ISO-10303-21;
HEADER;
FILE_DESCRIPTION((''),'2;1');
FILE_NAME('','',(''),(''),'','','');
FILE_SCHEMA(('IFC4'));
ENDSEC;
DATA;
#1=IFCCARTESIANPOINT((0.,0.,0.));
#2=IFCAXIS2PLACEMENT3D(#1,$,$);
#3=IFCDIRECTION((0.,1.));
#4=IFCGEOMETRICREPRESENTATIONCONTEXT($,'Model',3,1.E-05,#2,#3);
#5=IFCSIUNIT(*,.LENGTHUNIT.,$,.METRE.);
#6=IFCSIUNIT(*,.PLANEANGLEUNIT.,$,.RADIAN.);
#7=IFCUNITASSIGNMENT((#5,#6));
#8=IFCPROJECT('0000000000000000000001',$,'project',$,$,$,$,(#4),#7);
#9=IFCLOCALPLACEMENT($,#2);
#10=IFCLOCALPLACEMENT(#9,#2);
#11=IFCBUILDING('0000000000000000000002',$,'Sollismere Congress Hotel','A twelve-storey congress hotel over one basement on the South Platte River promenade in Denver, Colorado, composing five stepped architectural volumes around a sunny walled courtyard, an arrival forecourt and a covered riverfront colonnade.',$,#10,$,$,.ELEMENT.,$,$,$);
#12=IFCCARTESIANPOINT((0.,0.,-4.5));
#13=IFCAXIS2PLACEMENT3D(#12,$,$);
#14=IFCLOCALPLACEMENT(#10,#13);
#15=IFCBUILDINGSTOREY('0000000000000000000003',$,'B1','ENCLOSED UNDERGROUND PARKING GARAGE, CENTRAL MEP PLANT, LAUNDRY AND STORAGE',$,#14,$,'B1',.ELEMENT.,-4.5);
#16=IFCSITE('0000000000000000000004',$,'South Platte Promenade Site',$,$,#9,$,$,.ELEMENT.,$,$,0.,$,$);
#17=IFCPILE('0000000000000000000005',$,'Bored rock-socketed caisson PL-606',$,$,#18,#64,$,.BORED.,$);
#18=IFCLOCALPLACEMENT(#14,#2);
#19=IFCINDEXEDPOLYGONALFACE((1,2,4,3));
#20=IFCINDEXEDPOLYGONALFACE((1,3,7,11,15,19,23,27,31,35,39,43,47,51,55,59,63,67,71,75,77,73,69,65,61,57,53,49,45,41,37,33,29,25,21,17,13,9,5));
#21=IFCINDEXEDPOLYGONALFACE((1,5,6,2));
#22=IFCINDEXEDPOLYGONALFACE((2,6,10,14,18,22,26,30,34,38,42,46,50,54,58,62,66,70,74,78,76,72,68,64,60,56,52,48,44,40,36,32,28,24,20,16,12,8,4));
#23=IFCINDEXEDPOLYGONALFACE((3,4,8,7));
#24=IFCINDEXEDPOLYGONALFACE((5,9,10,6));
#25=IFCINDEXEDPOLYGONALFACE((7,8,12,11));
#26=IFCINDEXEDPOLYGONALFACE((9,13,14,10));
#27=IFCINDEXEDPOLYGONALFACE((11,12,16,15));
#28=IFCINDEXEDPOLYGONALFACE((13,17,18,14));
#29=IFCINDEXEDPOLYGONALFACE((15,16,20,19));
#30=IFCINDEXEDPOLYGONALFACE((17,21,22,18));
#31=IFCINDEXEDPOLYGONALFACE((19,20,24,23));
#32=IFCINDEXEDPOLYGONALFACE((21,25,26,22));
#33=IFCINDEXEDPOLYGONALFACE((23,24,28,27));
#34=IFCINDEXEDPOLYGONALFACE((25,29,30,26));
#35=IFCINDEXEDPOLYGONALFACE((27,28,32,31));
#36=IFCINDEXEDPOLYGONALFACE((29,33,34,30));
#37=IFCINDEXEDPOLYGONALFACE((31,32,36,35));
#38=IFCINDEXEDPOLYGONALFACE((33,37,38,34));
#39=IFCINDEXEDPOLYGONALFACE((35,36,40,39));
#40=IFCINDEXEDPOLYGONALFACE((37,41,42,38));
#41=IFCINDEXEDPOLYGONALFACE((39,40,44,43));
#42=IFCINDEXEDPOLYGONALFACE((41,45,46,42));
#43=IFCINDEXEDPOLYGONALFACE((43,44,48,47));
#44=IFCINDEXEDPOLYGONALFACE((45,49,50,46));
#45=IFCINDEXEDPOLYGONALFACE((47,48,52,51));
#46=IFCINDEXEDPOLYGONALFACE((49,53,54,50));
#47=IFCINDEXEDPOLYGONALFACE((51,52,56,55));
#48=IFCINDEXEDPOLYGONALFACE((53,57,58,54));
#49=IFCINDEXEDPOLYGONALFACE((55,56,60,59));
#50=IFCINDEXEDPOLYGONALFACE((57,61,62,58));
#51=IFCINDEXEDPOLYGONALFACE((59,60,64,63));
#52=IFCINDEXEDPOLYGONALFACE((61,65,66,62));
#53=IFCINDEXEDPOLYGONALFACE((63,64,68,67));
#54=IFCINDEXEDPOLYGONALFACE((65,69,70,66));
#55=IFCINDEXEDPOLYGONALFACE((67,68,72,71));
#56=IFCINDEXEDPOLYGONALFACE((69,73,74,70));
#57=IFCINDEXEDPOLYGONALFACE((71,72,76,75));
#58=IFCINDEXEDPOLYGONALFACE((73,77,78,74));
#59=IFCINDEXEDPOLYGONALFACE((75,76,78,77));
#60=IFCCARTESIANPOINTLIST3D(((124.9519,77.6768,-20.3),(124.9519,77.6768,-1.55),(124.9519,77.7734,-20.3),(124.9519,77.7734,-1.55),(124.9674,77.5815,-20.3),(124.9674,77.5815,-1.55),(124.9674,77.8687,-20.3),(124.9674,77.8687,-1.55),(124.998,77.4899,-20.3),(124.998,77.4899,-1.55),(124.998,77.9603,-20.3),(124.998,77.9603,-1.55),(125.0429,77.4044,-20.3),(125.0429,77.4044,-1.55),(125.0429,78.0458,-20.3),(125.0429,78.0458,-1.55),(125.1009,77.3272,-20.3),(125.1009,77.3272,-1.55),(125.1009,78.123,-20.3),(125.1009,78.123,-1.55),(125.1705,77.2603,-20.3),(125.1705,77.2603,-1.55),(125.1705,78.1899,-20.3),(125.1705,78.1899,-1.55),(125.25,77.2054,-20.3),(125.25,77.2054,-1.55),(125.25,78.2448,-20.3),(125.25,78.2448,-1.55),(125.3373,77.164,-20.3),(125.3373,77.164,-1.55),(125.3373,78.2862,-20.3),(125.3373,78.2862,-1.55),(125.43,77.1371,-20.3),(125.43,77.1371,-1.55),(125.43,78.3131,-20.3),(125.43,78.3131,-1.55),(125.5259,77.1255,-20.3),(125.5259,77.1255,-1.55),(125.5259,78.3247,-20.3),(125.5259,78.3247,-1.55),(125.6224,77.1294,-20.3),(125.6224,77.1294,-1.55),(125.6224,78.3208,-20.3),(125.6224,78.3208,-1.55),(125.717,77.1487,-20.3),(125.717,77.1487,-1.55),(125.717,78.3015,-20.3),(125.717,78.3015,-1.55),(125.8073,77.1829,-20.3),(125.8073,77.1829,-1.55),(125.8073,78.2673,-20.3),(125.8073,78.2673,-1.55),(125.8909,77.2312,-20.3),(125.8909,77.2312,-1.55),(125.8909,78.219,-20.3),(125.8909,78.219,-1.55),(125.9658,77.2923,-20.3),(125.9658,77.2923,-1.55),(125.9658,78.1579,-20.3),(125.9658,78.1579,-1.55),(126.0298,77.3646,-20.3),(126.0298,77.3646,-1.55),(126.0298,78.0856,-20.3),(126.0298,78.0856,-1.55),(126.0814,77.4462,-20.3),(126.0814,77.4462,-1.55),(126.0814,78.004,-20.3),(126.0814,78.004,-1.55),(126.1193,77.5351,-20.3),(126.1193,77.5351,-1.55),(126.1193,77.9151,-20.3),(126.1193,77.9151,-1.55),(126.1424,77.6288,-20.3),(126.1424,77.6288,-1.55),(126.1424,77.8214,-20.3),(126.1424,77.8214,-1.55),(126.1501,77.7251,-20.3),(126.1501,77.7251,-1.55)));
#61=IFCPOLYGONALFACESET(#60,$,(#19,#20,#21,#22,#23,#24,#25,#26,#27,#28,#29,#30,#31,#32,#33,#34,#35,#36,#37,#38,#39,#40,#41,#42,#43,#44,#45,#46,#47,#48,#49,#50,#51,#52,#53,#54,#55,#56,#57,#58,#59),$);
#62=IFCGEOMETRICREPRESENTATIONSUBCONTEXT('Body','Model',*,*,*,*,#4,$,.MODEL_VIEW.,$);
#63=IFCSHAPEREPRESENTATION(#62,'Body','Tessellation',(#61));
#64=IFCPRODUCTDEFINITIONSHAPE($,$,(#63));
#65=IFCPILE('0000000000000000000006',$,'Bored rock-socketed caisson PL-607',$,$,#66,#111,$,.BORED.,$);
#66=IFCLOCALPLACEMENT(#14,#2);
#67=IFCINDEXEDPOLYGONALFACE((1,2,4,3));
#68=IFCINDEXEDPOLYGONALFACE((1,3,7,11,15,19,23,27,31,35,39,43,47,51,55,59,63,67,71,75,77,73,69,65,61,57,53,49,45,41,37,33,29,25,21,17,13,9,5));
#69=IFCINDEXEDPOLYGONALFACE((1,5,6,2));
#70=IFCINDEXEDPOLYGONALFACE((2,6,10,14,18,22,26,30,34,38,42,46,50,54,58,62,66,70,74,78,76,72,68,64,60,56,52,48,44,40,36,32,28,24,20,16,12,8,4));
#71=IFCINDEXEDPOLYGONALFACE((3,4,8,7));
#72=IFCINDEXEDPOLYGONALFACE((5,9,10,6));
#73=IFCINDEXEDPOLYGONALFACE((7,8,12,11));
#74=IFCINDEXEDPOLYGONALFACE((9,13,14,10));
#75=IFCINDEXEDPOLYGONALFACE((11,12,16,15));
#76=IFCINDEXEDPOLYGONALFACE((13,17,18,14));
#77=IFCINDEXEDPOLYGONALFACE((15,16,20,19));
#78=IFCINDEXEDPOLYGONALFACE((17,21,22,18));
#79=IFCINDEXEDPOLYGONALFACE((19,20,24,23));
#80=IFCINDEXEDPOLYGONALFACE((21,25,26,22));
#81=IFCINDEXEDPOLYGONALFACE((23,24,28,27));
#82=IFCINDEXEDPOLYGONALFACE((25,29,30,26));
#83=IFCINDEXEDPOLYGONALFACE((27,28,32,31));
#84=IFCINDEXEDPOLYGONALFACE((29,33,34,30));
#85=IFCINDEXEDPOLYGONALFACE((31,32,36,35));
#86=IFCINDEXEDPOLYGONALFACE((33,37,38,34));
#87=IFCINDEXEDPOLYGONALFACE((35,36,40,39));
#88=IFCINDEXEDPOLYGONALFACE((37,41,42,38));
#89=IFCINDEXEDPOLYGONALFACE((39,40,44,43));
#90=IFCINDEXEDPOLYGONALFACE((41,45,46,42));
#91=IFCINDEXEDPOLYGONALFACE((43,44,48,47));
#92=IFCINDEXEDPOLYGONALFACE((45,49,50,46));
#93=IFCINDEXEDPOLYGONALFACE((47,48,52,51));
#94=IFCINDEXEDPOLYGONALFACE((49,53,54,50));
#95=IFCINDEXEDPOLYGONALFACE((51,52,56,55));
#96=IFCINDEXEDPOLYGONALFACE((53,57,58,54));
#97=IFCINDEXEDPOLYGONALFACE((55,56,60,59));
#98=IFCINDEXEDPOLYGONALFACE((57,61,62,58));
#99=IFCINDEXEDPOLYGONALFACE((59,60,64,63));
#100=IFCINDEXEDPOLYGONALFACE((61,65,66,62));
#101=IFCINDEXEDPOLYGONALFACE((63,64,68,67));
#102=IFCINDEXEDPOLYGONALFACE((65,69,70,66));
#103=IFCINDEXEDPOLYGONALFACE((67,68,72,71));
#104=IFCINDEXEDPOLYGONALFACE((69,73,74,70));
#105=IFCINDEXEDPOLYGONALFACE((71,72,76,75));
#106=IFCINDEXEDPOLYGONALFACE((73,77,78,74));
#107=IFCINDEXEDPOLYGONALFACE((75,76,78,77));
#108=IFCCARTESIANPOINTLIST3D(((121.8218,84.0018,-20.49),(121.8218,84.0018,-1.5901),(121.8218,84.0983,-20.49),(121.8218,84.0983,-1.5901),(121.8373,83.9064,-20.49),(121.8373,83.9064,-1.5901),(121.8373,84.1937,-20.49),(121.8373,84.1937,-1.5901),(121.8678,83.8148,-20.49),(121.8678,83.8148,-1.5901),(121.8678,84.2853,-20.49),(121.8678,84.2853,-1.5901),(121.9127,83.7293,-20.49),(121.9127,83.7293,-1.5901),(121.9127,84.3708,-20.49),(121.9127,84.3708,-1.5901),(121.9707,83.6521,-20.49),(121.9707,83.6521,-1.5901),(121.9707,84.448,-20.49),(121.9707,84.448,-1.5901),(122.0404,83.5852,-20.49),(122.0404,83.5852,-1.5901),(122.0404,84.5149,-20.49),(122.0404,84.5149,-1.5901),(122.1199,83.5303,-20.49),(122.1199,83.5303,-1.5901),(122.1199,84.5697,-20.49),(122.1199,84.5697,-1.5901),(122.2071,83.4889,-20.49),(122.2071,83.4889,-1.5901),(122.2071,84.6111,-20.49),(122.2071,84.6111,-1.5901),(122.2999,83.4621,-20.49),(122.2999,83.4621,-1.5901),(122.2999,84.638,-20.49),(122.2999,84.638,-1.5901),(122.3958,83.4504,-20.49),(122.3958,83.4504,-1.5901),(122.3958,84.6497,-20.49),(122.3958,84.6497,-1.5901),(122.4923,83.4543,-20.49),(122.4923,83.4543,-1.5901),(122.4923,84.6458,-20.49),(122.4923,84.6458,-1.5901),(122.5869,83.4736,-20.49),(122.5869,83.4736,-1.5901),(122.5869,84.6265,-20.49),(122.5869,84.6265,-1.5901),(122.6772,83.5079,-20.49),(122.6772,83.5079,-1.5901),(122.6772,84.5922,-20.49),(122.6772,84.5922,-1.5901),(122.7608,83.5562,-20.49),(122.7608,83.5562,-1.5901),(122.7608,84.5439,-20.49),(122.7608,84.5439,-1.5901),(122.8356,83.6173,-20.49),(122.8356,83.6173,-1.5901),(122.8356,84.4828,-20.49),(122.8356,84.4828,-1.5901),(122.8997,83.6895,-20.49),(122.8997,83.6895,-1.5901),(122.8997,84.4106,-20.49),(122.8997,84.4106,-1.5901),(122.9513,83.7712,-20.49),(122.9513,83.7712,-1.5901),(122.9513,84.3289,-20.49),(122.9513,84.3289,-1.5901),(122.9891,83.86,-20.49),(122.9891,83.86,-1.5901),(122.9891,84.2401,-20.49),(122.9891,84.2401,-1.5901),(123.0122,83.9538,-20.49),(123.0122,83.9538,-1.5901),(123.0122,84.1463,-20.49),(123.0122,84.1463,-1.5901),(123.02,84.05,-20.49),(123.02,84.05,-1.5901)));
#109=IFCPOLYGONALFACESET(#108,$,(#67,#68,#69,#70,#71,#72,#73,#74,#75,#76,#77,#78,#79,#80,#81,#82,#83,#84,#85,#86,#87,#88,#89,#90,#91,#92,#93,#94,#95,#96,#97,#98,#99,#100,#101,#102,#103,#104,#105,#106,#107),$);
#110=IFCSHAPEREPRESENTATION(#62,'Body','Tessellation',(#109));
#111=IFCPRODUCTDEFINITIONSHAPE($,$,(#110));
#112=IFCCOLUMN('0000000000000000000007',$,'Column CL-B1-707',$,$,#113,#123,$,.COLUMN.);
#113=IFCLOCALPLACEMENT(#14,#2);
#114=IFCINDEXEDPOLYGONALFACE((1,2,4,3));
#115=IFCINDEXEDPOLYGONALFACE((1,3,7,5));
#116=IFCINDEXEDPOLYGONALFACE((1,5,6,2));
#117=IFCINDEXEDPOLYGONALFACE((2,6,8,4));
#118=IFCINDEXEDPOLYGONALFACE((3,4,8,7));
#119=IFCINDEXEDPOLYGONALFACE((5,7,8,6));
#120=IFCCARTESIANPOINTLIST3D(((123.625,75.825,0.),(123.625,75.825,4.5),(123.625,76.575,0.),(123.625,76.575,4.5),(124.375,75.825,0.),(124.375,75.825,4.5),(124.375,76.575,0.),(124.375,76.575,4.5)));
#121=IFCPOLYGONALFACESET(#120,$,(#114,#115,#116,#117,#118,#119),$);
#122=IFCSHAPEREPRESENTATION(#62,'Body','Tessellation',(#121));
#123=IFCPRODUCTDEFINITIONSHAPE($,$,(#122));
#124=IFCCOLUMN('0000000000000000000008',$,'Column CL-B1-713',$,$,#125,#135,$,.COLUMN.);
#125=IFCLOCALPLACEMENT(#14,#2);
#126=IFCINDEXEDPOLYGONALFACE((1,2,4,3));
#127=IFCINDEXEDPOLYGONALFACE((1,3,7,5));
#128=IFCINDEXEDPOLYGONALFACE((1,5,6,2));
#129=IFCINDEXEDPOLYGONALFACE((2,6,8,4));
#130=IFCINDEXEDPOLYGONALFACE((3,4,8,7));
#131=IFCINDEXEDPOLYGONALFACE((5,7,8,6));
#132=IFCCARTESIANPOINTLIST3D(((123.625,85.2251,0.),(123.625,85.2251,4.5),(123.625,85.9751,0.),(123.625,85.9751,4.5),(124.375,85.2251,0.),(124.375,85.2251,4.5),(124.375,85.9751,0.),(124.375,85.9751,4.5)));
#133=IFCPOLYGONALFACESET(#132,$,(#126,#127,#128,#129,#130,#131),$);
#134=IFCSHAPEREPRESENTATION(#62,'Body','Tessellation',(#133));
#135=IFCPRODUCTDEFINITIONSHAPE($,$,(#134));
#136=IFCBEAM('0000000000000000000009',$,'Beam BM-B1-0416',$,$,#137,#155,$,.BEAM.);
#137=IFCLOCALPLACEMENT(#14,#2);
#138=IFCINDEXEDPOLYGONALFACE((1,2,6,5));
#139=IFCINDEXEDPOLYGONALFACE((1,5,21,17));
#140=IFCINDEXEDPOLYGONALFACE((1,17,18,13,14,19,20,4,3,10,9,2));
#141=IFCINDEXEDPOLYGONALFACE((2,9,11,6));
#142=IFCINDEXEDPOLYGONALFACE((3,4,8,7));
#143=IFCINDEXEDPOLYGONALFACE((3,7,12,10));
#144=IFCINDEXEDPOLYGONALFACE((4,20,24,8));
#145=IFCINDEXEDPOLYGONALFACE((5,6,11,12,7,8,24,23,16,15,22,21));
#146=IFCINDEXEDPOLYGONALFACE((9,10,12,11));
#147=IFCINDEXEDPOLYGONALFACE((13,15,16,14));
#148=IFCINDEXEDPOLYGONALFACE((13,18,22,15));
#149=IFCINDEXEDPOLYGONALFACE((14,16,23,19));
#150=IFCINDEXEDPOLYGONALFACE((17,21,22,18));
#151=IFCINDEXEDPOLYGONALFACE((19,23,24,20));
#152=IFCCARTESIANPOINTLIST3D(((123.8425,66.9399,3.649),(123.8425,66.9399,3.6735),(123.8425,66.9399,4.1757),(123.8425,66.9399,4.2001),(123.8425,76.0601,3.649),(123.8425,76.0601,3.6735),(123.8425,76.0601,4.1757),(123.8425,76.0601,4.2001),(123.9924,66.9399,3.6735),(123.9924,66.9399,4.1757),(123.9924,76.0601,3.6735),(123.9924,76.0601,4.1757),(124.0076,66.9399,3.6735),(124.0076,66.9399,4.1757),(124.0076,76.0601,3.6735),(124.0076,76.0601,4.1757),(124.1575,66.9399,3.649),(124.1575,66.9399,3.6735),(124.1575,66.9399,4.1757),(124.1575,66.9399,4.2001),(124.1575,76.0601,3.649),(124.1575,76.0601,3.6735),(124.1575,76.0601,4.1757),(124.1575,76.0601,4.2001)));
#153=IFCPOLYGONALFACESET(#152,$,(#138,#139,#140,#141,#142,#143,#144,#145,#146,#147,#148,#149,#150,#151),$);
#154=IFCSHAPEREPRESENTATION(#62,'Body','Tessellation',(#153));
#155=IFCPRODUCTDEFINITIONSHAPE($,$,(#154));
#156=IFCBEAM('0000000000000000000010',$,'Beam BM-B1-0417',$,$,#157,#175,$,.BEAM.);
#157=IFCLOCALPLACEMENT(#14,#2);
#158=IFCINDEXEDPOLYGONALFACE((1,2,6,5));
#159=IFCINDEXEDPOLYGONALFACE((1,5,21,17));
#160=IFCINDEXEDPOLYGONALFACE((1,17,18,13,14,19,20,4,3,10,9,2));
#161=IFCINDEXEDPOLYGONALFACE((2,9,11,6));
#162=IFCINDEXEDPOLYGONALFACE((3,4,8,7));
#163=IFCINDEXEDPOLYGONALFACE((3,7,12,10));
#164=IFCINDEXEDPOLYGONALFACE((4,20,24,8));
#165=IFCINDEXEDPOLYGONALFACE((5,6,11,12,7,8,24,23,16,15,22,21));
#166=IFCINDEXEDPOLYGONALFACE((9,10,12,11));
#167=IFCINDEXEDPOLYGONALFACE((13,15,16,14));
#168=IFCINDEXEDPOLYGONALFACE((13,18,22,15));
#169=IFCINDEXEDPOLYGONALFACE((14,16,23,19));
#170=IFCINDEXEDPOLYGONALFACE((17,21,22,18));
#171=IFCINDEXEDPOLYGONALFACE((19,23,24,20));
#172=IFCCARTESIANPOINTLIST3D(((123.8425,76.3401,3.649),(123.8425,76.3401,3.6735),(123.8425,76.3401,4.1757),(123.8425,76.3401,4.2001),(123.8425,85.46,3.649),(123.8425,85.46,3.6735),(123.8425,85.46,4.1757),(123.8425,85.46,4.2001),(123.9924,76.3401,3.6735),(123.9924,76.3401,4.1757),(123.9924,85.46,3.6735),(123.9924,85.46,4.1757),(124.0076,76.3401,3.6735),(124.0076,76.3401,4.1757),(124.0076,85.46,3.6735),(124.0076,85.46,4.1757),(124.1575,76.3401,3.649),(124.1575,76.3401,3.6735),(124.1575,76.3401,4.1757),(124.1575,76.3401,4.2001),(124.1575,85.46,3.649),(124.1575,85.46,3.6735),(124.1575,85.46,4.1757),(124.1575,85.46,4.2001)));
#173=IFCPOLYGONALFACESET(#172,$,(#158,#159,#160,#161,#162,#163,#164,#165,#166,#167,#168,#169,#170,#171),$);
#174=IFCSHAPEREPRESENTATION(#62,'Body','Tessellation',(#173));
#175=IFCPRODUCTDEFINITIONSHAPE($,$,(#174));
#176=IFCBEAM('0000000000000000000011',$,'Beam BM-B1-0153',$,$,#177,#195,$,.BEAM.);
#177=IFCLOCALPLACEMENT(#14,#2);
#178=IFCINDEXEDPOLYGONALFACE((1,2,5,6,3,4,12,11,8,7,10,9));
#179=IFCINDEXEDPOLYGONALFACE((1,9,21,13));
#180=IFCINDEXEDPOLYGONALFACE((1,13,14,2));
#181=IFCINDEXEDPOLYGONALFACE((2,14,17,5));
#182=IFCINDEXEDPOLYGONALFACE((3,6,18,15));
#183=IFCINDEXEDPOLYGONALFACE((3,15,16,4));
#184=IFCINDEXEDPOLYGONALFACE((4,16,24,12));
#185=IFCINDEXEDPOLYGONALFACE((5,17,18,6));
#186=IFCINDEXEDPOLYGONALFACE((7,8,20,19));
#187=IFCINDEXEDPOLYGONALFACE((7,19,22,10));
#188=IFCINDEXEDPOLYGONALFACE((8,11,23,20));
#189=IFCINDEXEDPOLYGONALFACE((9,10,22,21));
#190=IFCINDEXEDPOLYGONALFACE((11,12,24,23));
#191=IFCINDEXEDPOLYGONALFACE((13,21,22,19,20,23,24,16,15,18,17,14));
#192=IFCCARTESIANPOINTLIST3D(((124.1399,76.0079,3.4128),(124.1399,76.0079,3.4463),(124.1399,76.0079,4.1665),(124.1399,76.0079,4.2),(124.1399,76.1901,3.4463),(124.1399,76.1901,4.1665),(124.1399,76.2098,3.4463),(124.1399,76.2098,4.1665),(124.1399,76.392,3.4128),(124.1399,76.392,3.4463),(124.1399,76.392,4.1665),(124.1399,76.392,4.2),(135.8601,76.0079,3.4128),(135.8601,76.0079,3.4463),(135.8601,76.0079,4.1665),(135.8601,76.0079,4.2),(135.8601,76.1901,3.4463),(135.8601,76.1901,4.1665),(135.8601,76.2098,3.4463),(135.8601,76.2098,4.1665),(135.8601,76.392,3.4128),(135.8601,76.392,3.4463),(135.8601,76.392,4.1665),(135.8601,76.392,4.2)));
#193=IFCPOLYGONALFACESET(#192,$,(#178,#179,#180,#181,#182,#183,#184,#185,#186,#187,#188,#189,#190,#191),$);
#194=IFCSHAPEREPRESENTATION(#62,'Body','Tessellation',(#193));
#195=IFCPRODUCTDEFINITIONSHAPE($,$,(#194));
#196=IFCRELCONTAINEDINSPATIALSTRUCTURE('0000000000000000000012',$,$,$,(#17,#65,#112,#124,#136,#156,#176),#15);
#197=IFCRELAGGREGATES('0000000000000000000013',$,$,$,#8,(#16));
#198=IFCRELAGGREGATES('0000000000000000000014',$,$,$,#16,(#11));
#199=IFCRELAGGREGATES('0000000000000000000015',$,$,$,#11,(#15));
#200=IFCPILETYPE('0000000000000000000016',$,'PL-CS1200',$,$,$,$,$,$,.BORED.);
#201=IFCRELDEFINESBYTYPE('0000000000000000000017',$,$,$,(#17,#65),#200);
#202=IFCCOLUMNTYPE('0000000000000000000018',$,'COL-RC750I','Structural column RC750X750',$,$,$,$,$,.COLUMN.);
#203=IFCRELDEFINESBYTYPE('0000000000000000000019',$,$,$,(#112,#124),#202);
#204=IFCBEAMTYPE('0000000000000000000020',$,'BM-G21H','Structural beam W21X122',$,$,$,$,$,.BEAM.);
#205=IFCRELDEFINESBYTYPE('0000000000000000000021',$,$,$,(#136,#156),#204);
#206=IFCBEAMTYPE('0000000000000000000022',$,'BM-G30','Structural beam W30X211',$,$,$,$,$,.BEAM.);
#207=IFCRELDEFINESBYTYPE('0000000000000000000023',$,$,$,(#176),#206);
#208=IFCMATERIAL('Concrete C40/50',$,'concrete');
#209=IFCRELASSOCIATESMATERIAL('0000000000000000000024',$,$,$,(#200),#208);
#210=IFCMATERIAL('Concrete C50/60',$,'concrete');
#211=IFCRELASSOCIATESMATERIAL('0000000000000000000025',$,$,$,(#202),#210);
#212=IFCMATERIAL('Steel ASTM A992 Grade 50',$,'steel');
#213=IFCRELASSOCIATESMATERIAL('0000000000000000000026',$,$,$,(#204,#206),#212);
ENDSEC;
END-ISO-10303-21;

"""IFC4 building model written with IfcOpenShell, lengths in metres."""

from ifc_helpers import new_model, si_unit, direction, frame, origin, origin_2d, place, context, subcontext, project, spatial, rectangle, circle, i_section, extrude, material, material_profile, profile_set, type_object, element, save


model = new_model("IFC4")

# Units and contexts
model_context = context("Model", 3, precision=1e-05, world=origin(), true_north=direction((0.0, 1.0)))
body_context = subcontext(model_context, "Body", "Model", "MODEL_VIEW")
ifc_project = project(units=[si_unit("LENGTHUNIT", "METRE"), si_unit("PLANEANGLEUNIT", "RADIAN")], contexts=[model_context])

# Site, building, storey
site_placement = place(None, origin())
site = spatial("IfcSite", under=ifc_project, at=site_placement, Name="South Platte Promenade Site", CompositionType="ELEMENT", RefElevation=0.0)
building_placement = place(site_placement, origin())
building = spatial("IfcBuilding", under=site, at=building_placement, Name="Sollismere Congress Hotel", Description="A twelve-storey congress hotel over one basement on the South Platte River promenade in Denver, Colorado, composing five stepped architectural volumes around a sunny walled courtyard, an arrival forecourt and a covered riverfront colonnade.", CompositionType="ELEMENT")
storey_placement = place(building_placement, frame((0.0, 0.0, -4.5)))
storey = spatial("IfcBuildingStorey", under=building, at=storey_placement, Name="B1", Description="ENCLOSED UNDERGROUND PARKING GARAGE, CENTRAL MEP PLANT, LAUNDRY AND STORAGE", LongName="B1", CompositionType="ELEMENT", Elevation=-4.5)

# Shared definitions
ifc_material_1 = material(Name="Concrete C40/50", Category="concrete")

# Piles
ifc_material_profile_1 = material_profile(ifc_material_1, circle(Radius=0.6001, at=origin_2d()), Name="CAISSON1200")
ifc_profile_set_1 = profile_set([ifc_material_profile_1], Name="Concrete C40/50")
pile_type = type_object("IfcPileType", Name="PL-CS1200", PredefinedType="BORED", material=ifc_profile_set_1)
for number, where, z_axis, x_axis, name in (
    (1, (125.55, 77.7251, -1.55), (0.0, 0.0, -1.0), (1.0, 0.0, 0.0), "Bored rock-socketed caisson PL-606"),
):
    element("IfcPile", number, at=place(storey_placement, frame(where, z_axis=z_axis, x_axis=x_axis)), inside=storey, type_object=pile_type, Name=name, PredefinedType="BORED", context=body_context, shape_type="SweptSolid", body=[
        extrude(circle(Radius=0.6001, at=origin_2d()), origin(), (0.0, 0.0, 1.0), 18.75),
    ])
pile_1_placement = place(storey_placement, frame((122.4199, 84.05, -1.5901), z_axis=(0.0, 0.0, -1.0), x_axis=(1.0, 0.0, 0.0)))
element("IfcPile", 2, at=pile_1_placement, inside=storey, type_object=pile_type, Name="Bored rock-socketed caisson PL-607", PredefinedType="BORED", context=body_context, shape_type="SweptSolid", body=[
    extrude(circle(Radius=0.6001, at=origin_2d()), origin(), (0.0, 0.0, 1.0), 18.8999),
])

# Columns
ifc_material_2 = material(Name="Concrete C50/60", Category="concrete")
ifc_material_profile_2 = material_profile(ifc_material_2, rectangle(XDim=0.75, YDim=0.75, at=origin_2d()), Name="RC750X750")
ifc_profile_set_2 = profile_set([ifc_material_profile_2], Name="Concrete C50/60")
column_type = type_object("IfcColumnType", Name="COL-RC750I", Description="Structural column RC750X750", PredefinedType="COLUMN", material=ifc_profile_set_2)
for number, where, z_axis, x_axis, name in (
    (3, (124.0, 76.2, 0.0), (0.0, 0.0, 1.0), (1.0, 0.0, 0.0), "Column CL-B1-707"),
    (4, (124.0, 85.6001, 0.0), (0.0, 0.0, 1.0), (1.0, 0.0, 0.0), "Column CL-B1-713"),
):
    element("IfcColumn", number, at=place(storey_placement, frame(where, z_axis=z_axis, x_axis=x_axis)), inside=storey, type_object=column_type, Name=name, PredefinedType="COLUMN", context=body_context, shape_type="SweptSolid", body=[
        extrude(rectangle(XDim=0.75, YDim=0.75, at=origin_2d()), origin(), (0.0, 0.0, 1.0), 4.5),
    ])

# Beams
ifc_material_3 = material(Name="Steel ASTM A992 Grade 50", Category="steel")
ifc_material_profile_3 = material_profile(ifc_material_3, i_section(OverallWidth=0.3149, OverallDepth=0.551, WebThickness=0.0151, FlangeThickness=0.0244, at=origin_2d()), Name="W21X122")
ifc_profile_set_3 = profile_set([ifc_material_profile_3], Name="Steel ASTM A992 Grade 50")
beam_type_1 = type_object("IfcBeamType", Name="BM-G21H", Description="Structural beam W21X122", PredefinedType="BEAM", material=ifc_profile_set_3)
beam_1_placement = place(storey_placement, frame((124.0, 66.9399, 3.9246), z_axis=(0.0, 1.0, 0.0), x_axis=(-1.0, 0.0, 0.0)))
element("IfcBeam", 5, at=beam_1_placement, inside=storey, type_object=beam_type_1, Name="Beam BM-B1-0416", PredefinedType="BEAM", context=body_context, shape_type="SweptSolid", body=[
    extrude(i_section(OverallWidth=0.3149, OverallDepth=0.551, WebThickness=0.0151, FlangeThickness=0.0244, at=origin_2d()), origin(), (0.0, 0.0, 1.0), 9.1201),
])
beam_2_placement = place(storey_placement, frame((124.0, 76.3401, 3.9246), z_axis=(0.0, 1.0, 0.0), x_axis=(-1.0, 0.0, 0.0)))
element("IfcBeam", 6, at=beam_2_placement, inside=storey, type_object=beam_type_1, Name="Beam BM-B1-0417", PredefinedType="BEAM", context=body_context, shape_type="SweptSolid", body=[
    extrude(i_section(OverallWidth=0.3149, OverallDepth=0.551, WebThickness=0.0151, FlangeThickness=0.0244, at=origin_2d()), origin(), (0.0, 0.0, 1.0), 9.1199),
])
ifc_material_profile_4 = material_profile(ifc_material_3, i_section(OverallWidth=0.384, OverallDepth=0.7871, WebThickness=0.0198, FlangeThickness=0.0334, at=origin_2d()), Name="W30X211")
ifc_profile_set_4 = profile_set([ifc_material_profile_4], Name="Steel ASTM A992 Grade 50")
beam_type_2 = type_object("IfcBeamType", Name="BM-G30", Description="Structural beam W30X211", PredefinedType="BEAM", material=ifc_profile_set_4)
beam_3_placement = place(storey_placement, frame((124.1399, 76.2, 3.8064), z_axis=(1.0, 0.0, 0.0), x_axis=(0.0, 1.0, 0.0)))
element("IfcBeam", 7, at=beam_3_placement, inside=storey, type_object=beam_type_2, Name="Beam BM-B1-0153", PredefinedType="BEAM", context=body_context, shape_type="SweptSolid", body=[
    extrude(i_section(OverallWidth=0.384, OverallDepth=0.7871, WebThickness=0.0198, FlangeThickness=0.0334, at=origin_2d()), origin(), (0.0, 0.0, 1.0), 11.7202),
])

save(model, "model.ifc")
